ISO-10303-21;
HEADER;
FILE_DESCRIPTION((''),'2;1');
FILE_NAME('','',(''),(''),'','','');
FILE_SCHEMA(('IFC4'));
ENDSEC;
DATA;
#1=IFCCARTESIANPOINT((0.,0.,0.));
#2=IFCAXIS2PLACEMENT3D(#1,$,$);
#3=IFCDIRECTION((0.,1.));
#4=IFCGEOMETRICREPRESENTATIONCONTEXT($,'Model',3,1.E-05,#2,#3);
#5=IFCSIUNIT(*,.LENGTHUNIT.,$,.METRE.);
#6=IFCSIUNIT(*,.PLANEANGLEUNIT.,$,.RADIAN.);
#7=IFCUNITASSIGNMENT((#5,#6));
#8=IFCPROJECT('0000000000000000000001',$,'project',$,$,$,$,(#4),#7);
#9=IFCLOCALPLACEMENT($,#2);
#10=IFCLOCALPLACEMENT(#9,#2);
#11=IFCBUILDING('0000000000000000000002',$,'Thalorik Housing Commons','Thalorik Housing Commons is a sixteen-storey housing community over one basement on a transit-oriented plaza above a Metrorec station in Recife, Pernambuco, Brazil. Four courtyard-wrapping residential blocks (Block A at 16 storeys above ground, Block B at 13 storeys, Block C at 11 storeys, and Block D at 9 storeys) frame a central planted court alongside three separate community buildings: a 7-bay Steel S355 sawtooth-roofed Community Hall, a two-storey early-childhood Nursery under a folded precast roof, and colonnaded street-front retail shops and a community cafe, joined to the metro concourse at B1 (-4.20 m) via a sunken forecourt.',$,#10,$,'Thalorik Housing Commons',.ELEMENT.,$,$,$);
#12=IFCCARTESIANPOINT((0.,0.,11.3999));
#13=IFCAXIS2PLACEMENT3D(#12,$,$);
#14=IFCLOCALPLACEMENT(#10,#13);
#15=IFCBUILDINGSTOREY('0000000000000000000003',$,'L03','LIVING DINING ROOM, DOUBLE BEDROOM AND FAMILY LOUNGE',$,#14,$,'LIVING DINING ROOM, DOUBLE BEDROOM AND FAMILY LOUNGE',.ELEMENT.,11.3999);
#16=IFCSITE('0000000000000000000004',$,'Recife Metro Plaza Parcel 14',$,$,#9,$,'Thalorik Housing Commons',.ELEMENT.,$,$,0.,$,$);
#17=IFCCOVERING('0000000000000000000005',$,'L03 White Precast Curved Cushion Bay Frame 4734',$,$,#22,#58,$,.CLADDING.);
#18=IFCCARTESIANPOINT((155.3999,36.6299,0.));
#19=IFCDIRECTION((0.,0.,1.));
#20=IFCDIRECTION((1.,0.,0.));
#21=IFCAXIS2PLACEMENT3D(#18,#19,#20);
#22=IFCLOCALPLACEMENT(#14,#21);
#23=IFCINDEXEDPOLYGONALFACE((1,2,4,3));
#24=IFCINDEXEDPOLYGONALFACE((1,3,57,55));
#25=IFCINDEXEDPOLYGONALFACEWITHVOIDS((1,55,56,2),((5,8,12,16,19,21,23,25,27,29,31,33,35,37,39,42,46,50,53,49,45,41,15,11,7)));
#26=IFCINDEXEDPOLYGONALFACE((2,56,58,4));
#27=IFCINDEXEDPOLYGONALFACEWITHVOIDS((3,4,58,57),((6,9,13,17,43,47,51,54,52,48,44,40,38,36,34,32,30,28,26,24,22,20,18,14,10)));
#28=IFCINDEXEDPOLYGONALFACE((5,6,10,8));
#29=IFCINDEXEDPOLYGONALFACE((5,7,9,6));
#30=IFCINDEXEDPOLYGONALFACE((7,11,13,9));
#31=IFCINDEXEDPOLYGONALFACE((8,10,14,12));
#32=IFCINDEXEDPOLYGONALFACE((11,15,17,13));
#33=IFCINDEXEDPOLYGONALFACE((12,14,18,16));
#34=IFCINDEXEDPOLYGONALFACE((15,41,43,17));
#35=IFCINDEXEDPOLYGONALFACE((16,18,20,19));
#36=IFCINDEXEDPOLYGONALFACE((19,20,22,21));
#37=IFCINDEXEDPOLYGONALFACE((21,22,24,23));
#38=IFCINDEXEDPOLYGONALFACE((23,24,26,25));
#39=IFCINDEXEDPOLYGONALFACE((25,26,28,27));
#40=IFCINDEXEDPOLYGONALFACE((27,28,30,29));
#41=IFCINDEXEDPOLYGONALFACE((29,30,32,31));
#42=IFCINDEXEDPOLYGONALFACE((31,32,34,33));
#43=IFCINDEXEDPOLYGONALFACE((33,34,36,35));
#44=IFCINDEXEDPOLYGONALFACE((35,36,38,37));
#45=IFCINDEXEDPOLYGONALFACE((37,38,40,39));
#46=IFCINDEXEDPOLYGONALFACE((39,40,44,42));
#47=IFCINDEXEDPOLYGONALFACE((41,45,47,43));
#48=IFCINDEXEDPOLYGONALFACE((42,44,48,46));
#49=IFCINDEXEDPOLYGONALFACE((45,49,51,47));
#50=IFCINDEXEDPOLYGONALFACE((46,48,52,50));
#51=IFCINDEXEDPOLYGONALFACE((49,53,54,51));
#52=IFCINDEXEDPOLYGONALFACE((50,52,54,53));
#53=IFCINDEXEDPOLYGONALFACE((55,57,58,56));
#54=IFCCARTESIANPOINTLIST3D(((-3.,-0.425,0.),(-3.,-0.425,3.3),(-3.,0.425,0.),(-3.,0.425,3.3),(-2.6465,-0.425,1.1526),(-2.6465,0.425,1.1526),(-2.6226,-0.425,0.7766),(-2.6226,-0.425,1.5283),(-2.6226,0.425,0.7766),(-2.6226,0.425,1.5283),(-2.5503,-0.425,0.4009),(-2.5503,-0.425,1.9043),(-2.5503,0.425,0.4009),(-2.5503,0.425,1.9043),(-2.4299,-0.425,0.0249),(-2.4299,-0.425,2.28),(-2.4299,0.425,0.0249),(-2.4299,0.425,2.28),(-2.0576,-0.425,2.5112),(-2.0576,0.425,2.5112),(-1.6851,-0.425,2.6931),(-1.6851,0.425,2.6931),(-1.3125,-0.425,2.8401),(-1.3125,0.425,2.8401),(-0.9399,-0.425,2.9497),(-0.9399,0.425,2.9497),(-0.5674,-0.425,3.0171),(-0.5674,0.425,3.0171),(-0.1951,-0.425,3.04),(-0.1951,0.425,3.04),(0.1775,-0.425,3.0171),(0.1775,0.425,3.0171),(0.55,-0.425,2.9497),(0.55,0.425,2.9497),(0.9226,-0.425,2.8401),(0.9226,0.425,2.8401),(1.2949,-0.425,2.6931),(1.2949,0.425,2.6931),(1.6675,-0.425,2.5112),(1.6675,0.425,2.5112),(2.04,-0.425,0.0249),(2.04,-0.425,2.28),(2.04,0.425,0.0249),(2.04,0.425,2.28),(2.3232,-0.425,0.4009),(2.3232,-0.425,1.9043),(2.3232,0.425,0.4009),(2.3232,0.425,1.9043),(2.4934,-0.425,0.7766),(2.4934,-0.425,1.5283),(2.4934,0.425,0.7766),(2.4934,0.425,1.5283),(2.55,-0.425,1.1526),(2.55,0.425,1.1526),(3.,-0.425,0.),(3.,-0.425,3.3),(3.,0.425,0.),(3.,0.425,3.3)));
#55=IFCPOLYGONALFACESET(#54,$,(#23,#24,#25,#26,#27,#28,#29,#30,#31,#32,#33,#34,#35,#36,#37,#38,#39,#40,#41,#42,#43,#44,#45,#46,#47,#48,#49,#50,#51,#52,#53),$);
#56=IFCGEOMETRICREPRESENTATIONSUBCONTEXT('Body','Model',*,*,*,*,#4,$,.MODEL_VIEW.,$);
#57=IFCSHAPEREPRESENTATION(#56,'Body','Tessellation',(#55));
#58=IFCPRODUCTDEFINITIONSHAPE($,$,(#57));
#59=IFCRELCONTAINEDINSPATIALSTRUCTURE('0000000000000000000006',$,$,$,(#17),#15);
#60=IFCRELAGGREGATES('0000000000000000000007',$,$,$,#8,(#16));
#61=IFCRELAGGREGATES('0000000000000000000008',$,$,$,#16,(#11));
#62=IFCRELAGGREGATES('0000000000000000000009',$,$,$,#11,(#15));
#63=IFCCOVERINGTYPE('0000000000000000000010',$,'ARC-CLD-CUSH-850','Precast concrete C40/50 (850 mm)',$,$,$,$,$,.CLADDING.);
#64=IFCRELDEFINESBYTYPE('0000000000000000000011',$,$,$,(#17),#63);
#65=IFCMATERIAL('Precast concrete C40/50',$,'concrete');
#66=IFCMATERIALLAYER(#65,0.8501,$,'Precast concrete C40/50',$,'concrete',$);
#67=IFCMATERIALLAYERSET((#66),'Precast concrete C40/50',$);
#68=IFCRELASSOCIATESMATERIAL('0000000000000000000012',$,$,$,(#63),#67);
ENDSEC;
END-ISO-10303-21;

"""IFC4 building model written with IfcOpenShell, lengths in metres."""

from ifc_helpers import new_model, si_unit, direction, frame, origin, place, context, subcontext, project, spatial, polyline, outline, extrude, material, layer, layer_set, type_object, element, save


model = new_model("IFC4")

# Units and contexts
model_context = context("Model", 3, precision=1e-05, world=origin(), true_north=direction((0.0, 1.0)))
body_context = subcontext(model_context, "Body", "Model", "MODEL_VIEW")
ifc_project = project(units=[si_unit("LENGTHUNIT", "METRE"), si_unit("PLANEANGLEUNIT", "RADIAN")], contexts=[model_context])

# Site, building, storey
site_placement = place(None, origin())
site = spatial("IfcSite", under=ifc_project, at=site_placement, Name="Recife Metro Plaza Parcel 14", LongName="Thalorik Housing Commons", CompositionType="ELEMENT", RefElevation=0.0)
building_placement = place(site_placement, origin())
building = spatial("IfcBuilding", under=site, at=building_placement, Name="Thalorik Housing Commons", Description="Thalorik Housing Commons is a sixteen-storey housing community over one basement on a transit-oriented plaza above a Metrorec station in Recife, Pernambuco, Brazil. Four courtyard-wrapping residential blocks (Block A at 16 storeys above ground, Block B at 13 storeys, Block C at 11 storeys, and Block D at 9 storeys) frame a central planted court alongside three separate community buildings: a 7-bay Steel S355 sawtooth-roofed Community Hall, a two-storey early-childhood Nursery under a folded precast roof, and colonnaded street-front retail shops and a community cafe, joined to the metro concourse at B1 (-4.20 m) via a sunken forecourt.", LongName="Thalorik Housing Commons", CompositionType="ELEMENT")
storey_placement = place(building_placement, frame((0.0, 0.0, 11.3999)))
storey = spatial("IfcBuildingStorey", under=building, at=storey_placement, Name="L03", Description="LIVING DINING ROOM, DOUBLE BEDROOM AND FAMILY LOUNGE", LongName="LIVING DINING ROOM, DOUBLE BEDROOM AND FAMILY LOUNGE", CompositionType="ELEMENT", Elevation=11.3999)

# Shared definitions
ifc_material_1 = material(Name="Precast concrete C40/50", Category="concrete")

# Covering
ifc_layer_1 = layer(ifc_material_1, 0.8501, Name="Precast concrete C40/50", Category="concrete")
ifc_layer_set_1 = layer_set([ifc_layer_1], Name="Precast concrete C40/50")
covering_type_1 = type_object("IfcCoveringType", Name="ARC-CLD-CUSH-850", Description="Precast concrete C40/50 (850 mm)", PredefinedType="CLADDING", material=ifc_layer_set_1)
covering_1_placement = place(storey_placement, frame((155.3999, 36.6299, 0.0), z_axis=(0.0, 0.0, 1.0), x_axis=(1.0, 0.0, 0.0)))
element("IfcCovering", 1, at=covering_1_placement, inside=storey, type_object=covering_type_1, Name="L03 White Precast Curved Cushion Bay Frame 4734", PredefinedType="CLADDING", context=body_context, shape_type="SweptSolid", body=[
    extrude(outline(polyline([(-3.0, 0.0), (3.0, 0.0), (3.0, 3.3), (-3.0, 3.3), (-3.0, 0.0)]), holes=[polyline([(2.04, 0.0249), (2.3232, 0.4009), (2.4934, 0.7766), (2.55, 1.1526), (2.4934, 1.5283), (2.3232, 1.9043), (2.04, 2.28), (1.6675, 2.5112), (1.2949, 2.6931), (0.9226, 2.8401), (0.55, 2.9497), (0.1775, 3.0171), (-0.1951, 3.04), (-0.5674, 3.0171), (-0.9399, 2.9497), (-1.3125, 2.8401), (-1.6851, 2.6931), (-2.0576, 2.5112), (-2.4299, 2.28), (-2.5503, 1.9043), (-2.6226, 1.5283), (-2.6465, 1.1526), (-2.6226, 0.7766), (-2.5503, 0.4009), (-2.4299, 0.0249), (2.04, 0.0249)])]), frame((0.0, 0.425, 0.0), z_axis=(0.0, -1.0, 0.0), x_axis=(1.0, 0.0, 0.0)), (0.0, 0.0, 1.0), 0.8501),
])

save(model, "model.ifc")
